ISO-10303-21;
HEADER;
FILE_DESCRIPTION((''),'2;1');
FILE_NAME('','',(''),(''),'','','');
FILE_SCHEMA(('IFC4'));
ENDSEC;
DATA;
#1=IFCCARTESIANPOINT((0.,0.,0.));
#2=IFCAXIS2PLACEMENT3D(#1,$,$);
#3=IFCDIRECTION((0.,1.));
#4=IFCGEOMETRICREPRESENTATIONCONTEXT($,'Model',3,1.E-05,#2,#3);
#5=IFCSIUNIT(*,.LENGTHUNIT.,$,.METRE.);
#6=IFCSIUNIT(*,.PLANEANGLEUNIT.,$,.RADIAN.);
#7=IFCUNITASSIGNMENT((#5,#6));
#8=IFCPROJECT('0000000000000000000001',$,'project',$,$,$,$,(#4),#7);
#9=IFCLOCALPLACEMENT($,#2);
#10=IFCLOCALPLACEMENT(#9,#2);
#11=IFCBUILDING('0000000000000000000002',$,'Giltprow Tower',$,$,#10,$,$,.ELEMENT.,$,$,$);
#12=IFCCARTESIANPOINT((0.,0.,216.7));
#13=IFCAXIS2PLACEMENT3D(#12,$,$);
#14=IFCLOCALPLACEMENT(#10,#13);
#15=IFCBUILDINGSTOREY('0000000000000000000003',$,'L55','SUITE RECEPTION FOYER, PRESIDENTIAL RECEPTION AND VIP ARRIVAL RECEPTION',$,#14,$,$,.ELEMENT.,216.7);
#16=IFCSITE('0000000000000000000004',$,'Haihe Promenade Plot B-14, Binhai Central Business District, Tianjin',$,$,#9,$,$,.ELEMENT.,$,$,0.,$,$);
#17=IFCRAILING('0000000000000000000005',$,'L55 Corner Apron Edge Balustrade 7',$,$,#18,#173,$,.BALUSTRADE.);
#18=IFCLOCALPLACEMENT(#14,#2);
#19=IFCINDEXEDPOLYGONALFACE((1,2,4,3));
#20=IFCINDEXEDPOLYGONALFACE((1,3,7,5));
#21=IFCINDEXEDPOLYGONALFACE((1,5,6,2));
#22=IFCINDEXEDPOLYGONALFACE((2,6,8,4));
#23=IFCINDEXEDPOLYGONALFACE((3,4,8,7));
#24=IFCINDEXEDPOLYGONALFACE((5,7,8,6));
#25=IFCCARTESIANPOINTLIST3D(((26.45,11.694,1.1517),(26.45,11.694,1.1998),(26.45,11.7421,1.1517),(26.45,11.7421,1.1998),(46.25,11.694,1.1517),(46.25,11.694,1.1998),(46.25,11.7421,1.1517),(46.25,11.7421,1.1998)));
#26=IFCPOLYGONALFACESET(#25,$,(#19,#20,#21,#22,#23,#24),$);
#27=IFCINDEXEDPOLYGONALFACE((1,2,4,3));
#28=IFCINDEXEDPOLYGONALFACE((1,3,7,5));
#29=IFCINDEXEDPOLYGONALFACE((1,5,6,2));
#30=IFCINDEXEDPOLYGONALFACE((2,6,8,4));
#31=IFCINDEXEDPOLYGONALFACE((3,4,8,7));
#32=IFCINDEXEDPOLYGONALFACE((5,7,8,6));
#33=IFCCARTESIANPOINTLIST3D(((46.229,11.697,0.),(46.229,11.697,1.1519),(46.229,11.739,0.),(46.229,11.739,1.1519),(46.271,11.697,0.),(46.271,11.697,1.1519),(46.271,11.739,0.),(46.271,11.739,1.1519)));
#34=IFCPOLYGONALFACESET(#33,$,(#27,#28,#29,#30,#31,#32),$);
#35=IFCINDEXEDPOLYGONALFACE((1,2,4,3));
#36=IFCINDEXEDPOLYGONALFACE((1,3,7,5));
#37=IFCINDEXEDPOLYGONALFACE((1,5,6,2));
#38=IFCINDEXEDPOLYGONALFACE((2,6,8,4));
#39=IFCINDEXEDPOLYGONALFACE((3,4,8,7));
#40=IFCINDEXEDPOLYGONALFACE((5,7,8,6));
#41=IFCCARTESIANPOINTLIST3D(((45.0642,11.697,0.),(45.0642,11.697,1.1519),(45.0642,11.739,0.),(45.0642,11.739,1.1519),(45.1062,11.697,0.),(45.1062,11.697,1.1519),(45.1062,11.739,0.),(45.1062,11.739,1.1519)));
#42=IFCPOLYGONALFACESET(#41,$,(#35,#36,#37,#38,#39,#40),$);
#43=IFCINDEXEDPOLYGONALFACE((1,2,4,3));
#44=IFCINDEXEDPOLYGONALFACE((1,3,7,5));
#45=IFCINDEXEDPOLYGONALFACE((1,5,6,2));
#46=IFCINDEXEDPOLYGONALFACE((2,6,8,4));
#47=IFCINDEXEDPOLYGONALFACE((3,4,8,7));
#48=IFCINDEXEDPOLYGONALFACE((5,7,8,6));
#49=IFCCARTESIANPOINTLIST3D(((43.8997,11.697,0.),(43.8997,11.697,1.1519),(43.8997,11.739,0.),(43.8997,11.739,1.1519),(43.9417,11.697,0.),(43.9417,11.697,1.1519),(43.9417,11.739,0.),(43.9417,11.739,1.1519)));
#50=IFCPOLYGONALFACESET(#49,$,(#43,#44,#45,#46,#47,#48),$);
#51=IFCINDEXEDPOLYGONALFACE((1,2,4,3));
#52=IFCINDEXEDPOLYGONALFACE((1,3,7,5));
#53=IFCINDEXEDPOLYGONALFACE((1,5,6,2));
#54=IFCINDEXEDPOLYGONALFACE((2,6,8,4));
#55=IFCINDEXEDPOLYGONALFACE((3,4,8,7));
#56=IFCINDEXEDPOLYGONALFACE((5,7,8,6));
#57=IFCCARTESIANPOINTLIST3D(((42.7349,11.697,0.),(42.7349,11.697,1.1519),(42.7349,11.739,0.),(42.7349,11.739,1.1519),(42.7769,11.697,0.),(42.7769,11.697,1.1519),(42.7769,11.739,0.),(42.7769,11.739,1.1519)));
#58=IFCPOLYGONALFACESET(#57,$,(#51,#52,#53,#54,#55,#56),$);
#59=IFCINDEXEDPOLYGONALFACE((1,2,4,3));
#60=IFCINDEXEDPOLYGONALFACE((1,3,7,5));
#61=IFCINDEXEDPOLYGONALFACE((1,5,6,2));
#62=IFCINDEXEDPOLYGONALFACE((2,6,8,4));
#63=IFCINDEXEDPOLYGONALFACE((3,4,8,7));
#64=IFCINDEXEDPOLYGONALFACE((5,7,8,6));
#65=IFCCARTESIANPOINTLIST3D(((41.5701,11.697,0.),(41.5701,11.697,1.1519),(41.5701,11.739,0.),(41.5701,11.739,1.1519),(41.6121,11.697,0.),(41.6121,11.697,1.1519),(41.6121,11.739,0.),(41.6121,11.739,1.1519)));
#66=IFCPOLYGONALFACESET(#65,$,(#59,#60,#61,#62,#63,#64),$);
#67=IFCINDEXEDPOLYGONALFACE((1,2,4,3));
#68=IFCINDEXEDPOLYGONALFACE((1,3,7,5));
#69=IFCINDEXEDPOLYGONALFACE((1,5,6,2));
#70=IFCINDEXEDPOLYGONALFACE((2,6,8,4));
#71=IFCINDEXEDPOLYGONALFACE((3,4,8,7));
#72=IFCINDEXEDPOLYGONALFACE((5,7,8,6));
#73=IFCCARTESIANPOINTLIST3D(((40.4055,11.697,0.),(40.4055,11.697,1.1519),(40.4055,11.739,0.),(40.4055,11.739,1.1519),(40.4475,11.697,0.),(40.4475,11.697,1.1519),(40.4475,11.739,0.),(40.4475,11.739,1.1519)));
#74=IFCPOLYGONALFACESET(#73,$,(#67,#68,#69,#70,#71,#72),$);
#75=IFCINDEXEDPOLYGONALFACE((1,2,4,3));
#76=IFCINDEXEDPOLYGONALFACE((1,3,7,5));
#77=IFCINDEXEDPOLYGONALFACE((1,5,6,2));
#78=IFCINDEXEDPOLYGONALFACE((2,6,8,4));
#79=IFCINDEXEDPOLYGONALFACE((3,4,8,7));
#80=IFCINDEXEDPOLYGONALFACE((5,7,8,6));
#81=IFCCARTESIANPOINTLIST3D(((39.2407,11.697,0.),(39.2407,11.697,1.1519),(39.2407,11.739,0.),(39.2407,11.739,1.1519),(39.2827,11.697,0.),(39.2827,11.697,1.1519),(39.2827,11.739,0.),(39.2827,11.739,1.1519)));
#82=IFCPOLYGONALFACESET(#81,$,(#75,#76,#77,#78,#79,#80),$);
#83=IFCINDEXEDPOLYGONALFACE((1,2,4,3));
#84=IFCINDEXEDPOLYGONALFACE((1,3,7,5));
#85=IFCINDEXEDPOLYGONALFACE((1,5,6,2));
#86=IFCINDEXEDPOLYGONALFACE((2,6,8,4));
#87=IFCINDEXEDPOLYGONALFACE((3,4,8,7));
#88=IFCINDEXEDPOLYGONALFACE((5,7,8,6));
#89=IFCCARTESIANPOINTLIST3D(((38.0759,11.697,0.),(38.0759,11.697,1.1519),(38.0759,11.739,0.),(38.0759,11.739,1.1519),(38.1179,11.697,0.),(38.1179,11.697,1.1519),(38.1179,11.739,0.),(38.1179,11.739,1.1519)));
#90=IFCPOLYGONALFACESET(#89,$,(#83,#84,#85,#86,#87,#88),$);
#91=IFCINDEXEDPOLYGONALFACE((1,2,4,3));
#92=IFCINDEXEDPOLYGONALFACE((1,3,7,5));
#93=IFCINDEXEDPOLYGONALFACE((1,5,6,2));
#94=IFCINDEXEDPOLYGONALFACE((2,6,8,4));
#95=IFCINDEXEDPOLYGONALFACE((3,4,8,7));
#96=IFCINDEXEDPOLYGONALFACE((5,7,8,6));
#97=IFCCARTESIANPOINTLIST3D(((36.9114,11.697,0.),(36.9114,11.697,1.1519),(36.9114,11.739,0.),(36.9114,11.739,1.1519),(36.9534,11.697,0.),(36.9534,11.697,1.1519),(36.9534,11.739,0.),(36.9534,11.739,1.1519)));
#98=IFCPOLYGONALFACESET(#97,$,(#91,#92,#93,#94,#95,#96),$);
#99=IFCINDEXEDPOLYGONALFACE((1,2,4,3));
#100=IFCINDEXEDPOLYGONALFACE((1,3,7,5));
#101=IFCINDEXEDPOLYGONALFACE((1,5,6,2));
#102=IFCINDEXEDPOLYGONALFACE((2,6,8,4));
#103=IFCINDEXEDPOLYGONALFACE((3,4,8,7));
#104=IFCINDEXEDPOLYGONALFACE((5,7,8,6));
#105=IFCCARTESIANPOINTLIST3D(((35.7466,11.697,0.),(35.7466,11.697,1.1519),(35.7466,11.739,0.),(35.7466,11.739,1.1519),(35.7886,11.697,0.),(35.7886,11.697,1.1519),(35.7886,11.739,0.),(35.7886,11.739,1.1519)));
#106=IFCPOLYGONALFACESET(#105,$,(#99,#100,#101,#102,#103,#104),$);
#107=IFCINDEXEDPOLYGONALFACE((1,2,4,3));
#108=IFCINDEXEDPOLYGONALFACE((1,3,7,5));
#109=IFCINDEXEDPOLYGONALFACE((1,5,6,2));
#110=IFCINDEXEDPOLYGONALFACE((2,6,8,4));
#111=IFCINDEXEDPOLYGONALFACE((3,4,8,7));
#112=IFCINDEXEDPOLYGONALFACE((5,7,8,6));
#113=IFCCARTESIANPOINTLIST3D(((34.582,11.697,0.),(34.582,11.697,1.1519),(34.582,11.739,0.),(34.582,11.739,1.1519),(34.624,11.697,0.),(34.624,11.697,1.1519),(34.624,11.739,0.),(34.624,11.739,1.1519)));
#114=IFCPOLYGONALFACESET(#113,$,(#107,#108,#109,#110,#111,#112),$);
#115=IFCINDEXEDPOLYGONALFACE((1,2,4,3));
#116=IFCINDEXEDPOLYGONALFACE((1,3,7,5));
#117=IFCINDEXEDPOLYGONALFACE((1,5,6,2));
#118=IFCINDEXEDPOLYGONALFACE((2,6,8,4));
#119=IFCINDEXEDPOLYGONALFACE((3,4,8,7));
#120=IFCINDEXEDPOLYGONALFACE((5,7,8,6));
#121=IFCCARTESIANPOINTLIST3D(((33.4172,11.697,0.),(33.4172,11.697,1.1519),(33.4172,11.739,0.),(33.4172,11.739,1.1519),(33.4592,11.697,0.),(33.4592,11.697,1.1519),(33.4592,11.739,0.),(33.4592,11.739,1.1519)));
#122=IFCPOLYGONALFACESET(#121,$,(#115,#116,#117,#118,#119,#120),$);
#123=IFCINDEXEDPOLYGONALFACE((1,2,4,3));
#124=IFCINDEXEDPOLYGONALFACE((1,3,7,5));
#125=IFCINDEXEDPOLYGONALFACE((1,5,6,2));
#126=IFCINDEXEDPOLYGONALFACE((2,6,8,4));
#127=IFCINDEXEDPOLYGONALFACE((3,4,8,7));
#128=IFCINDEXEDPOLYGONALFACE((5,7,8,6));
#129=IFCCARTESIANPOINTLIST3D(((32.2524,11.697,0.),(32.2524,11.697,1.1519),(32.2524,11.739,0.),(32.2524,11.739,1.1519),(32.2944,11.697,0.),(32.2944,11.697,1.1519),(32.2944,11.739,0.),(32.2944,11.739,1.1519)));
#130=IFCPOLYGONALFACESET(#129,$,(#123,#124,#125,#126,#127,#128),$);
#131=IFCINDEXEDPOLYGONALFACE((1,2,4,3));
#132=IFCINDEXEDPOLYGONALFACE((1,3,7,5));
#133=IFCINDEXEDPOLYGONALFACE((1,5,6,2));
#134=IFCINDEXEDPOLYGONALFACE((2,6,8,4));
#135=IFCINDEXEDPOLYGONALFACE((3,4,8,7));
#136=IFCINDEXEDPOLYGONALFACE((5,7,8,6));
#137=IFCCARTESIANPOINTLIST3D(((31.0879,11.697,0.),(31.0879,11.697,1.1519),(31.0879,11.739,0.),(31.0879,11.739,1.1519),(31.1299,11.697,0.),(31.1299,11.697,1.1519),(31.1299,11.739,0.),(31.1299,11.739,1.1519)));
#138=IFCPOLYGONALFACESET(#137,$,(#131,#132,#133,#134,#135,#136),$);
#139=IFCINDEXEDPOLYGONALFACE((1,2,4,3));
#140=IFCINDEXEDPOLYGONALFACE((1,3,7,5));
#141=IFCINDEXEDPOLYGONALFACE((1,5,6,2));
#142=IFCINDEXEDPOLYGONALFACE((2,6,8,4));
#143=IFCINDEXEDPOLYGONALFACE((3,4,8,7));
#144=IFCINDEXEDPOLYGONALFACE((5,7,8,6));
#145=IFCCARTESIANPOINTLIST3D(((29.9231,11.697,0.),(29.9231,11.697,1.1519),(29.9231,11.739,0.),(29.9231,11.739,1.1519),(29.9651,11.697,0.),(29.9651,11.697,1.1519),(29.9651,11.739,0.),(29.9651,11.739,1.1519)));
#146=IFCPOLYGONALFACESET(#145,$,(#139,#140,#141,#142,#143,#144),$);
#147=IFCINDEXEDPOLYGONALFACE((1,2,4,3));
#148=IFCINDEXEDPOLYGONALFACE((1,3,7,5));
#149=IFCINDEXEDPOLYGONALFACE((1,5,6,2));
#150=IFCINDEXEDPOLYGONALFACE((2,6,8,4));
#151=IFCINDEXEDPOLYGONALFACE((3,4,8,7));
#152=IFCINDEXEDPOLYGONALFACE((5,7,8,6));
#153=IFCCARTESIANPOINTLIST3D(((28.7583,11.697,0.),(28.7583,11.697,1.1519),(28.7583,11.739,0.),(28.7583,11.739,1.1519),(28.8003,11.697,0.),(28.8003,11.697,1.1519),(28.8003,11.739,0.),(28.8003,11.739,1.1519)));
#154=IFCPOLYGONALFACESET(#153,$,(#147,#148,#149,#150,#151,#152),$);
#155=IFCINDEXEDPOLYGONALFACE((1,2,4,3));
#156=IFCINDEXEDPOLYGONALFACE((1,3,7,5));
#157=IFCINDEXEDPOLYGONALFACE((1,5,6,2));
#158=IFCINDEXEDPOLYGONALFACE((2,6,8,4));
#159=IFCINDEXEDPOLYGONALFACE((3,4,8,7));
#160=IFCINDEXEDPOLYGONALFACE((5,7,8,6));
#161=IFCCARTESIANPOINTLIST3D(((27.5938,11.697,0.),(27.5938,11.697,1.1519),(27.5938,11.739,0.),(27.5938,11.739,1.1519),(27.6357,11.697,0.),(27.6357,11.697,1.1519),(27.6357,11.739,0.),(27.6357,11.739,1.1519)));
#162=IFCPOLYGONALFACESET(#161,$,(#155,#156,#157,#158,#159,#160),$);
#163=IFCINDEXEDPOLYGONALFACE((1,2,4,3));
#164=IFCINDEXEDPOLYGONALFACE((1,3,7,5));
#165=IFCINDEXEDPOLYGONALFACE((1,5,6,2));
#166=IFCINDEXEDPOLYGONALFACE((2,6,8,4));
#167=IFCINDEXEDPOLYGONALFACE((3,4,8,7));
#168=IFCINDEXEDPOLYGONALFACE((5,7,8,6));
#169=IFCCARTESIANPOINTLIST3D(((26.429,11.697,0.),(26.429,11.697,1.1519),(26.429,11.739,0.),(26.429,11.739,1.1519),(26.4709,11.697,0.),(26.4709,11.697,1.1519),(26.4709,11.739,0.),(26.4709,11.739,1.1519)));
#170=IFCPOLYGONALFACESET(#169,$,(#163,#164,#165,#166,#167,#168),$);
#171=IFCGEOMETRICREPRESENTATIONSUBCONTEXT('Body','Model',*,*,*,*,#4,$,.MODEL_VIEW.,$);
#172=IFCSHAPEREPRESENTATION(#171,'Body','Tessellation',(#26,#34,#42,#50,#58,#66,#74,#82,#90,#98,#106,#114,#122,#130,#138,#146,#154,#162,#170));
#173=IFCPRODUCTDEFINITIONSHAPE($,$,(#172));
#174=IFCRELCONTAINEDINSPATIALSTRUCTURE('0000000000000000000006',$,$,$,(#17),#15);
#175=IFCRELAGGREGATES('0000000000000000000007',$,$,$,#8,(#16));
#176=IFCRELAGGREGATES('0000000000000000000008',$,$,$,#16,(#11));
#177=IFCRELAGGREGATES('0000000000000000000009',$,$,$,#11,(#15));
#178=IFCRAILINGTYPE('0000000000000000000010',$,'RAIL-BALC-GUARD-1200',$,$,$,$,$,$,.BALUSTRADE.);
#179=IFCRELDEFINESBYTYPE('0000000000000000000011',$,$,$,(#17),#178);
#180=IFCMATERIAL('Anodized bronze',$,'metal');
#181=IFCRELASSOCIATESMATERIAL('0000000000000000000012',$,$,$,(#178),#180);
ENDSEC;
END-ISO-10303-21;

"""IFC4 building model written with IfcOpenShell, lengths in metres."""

from ifc_helpers import new_model, si_unit, direction, frame, origin, origin_2d, place, context, subcontext, project, spatial, rectangle, extrude, material, type_object, element, save


model = new_model("IFC4")

# Units and contexts
model_context = context("Model", 3, precision=1e-05, world=origin(), true_north=direction((0.0, 1.0)))
body_context = subcontext(model_context, "Body", "Model", "MODEL_VIEW")
ifc_project = project(units=[si_unit("LENGTHUNIT", "METRE"), si_unit("PLANEANGLEUNIT", "RADIAN")], contexts=[model_context])

# Site, building, storey
site_placement = place(None, origin())
site = spatial("IfcSite", under=ifc_project, at=site_placement, Name="Haihe Promenade Plot B-14, Binhai Central Business District, Tianjin", CompositionType="ELEMENT", RefElevation=0.0)
building_placement = place(site_placement, origin())
building = spatial("IfcBuilding", under=site, at=building_placement, Name="Giltprow Tower", CompositionType="ELEMENT")
storey_placement = place(building_placement, frame((0.0, 0.0, 216.7)))
storey = spatial("IfcBuildingStorey", under=building, at=storey_placement, Name="L55", Description="SUITE RECEPTION FOYER, PRESIDENTIAL RECEPTION AND VIP ARRIVAL RECEPTION", CompositionType="ELEMENT", Elevation=216.7)

# Shared definitions
ifc_material_1 = material(Name="Anodized bronze", Category="metal")

# Railing
railing_type = type_object("IfcRailingType", Name="RAIL-BALC-GUARD-1200", PredefinedType="BALUSTRADE", material=ifc_material_1)
railing_1_placement = place(storey_placement, frame((46.25, 11.718, 0.0)))
element("IfcRailing", 1, at=railing_1_placement, inside=storey, type_object=railing_type, Name="L55 Corner Apron Edge Balustrade 7", PredefinedType="BALUSTRADE", context=body_context, shape_type="SweptSolid", body=[
    extrude(rectangle(XDim=0.0481, YDim=0.0481, at=origin_2d()), frame((0.0, 0.0, 1.1758), z_axis=(-1.0, 0.0, 0.0), x_axis=(0.0, -1.0, 0.0)), (0.0, 0.0, 1.0), 19.8),
    extrude(rectangle(XDim=0.042, YDim=0.042, at=origin_2d()), origin(), (0.0, 0.0, 1.0), 1.1519),
    extrude(rectangle(XDim=0.042, YDim=0.042, at=origin_2d()), frame((-1.1648, 0.0, 0.0)), (0.0, 0.0, 1.0), 1.1519),
    extrude(rectangle(XDim=0.042, YDim=0.042, at=origin_2d()), frame((-2.3293, 0.0, 0.0)), (0.0, 0.0, 1.0), 1.1519),
    extrude(rectangle(XDim=0.042, YDim=0.042, at=origin_2d()), frame((-3.4941, 0.0, 0.0)), (0.0, 0.0, 1.0), 1.1519),
    extrude(rectangle(XDim=0.042, YDim=0.042, at=origin_2d()), frame((-4.6589, 0.0, 0.0)), (0.0, 0.0, 1.0), 1.1519),
    extrude(rectangle(XDim=0.042, YDim=0.042, at=origin_2d()), frame((-5.8235, 0.0, 0.0)), (0.0, 0.0, 1.0), 1.1519),
    extrude(rectangle(XDim=0.042, YDim=0.042, at=origin_2d()), frame((-6.9883, 0.0, 0.0)), (0.0, 0.0, 1.0), 1.1519),
    extrude(rectangle(XDim=0.042, YDim=0.042, at=origin_2d()), frame((-8.1531, 0.0, 0.0)), (0.0, 0.0, 1.0), 1.1519),
    extrude(rectangle(XDim=0.042, YDim=0.042, at=origin_2d()), frame((-9.3176, 0.0, 0.0)), (0.0, 0.0, 1.0), 1.1519),
    extrude(rectangle(XDim=0.042, YDim=0.042, at=origin_2d()), frame((-10.4824, 0.0, 0.0)), (0.0, 0.0, 1.0), 1.1519),
    extrude(rectangle(XDim=0.042, YDim=0.042, at=origin_2d()), frame((-11.647, 0.0, 0.0)), (0.0, 0.0, 1.0), 1.1519),
    extrude(rectangle(XDim=0.042, YDim=0.042, at=origin_2d()), frame((-12.8118, 0.0, 0.0)), (0.0, 0.0, 1.0), 1.1519),
    extrude(rectangle(XDim=0.042, YDim=0.042, at=origin_2d()), frame((-13.9766, 0.0, 0.0)), (0.0, 0.0, 1.0), 1.1519),
    extrude(rectangle(XDim=0.042, YDim=0.042, at=origin_2d()), frame((-15.1411, 0.0, 0.0)), (0.0, 0.0, 1.0), 1.1519),
    extrude(rectangle(XDim=0.042, YDim=0.042, at=origin_2d()), frame((-16.3059, 0.0, 0.0)), (0.0, 0.0, 1.0), 1.1519),
    extrude(rectangle(XDim=0.042, YDim=0.042, at=origin_2d()), frame((-17.4707, 0.0, 0.0)), (0.0, 0.0, 1.0), 1.1519),
    extrude(rectangle(XDim=0.042, YDim=0.042, at=origin_2d()), frame((-18.6353, 0.0, 0.0)), (0.0, 0.0, 1.0), 1.1519),
    extrude(rectangle(XDim=0.042, YDim=0.042, at=origin_2d()), frame((-19.8, 0.0, 0.0)), (0.0, 0.0, 1.0), 1.1519),
])

save(model, "model.ifc")
